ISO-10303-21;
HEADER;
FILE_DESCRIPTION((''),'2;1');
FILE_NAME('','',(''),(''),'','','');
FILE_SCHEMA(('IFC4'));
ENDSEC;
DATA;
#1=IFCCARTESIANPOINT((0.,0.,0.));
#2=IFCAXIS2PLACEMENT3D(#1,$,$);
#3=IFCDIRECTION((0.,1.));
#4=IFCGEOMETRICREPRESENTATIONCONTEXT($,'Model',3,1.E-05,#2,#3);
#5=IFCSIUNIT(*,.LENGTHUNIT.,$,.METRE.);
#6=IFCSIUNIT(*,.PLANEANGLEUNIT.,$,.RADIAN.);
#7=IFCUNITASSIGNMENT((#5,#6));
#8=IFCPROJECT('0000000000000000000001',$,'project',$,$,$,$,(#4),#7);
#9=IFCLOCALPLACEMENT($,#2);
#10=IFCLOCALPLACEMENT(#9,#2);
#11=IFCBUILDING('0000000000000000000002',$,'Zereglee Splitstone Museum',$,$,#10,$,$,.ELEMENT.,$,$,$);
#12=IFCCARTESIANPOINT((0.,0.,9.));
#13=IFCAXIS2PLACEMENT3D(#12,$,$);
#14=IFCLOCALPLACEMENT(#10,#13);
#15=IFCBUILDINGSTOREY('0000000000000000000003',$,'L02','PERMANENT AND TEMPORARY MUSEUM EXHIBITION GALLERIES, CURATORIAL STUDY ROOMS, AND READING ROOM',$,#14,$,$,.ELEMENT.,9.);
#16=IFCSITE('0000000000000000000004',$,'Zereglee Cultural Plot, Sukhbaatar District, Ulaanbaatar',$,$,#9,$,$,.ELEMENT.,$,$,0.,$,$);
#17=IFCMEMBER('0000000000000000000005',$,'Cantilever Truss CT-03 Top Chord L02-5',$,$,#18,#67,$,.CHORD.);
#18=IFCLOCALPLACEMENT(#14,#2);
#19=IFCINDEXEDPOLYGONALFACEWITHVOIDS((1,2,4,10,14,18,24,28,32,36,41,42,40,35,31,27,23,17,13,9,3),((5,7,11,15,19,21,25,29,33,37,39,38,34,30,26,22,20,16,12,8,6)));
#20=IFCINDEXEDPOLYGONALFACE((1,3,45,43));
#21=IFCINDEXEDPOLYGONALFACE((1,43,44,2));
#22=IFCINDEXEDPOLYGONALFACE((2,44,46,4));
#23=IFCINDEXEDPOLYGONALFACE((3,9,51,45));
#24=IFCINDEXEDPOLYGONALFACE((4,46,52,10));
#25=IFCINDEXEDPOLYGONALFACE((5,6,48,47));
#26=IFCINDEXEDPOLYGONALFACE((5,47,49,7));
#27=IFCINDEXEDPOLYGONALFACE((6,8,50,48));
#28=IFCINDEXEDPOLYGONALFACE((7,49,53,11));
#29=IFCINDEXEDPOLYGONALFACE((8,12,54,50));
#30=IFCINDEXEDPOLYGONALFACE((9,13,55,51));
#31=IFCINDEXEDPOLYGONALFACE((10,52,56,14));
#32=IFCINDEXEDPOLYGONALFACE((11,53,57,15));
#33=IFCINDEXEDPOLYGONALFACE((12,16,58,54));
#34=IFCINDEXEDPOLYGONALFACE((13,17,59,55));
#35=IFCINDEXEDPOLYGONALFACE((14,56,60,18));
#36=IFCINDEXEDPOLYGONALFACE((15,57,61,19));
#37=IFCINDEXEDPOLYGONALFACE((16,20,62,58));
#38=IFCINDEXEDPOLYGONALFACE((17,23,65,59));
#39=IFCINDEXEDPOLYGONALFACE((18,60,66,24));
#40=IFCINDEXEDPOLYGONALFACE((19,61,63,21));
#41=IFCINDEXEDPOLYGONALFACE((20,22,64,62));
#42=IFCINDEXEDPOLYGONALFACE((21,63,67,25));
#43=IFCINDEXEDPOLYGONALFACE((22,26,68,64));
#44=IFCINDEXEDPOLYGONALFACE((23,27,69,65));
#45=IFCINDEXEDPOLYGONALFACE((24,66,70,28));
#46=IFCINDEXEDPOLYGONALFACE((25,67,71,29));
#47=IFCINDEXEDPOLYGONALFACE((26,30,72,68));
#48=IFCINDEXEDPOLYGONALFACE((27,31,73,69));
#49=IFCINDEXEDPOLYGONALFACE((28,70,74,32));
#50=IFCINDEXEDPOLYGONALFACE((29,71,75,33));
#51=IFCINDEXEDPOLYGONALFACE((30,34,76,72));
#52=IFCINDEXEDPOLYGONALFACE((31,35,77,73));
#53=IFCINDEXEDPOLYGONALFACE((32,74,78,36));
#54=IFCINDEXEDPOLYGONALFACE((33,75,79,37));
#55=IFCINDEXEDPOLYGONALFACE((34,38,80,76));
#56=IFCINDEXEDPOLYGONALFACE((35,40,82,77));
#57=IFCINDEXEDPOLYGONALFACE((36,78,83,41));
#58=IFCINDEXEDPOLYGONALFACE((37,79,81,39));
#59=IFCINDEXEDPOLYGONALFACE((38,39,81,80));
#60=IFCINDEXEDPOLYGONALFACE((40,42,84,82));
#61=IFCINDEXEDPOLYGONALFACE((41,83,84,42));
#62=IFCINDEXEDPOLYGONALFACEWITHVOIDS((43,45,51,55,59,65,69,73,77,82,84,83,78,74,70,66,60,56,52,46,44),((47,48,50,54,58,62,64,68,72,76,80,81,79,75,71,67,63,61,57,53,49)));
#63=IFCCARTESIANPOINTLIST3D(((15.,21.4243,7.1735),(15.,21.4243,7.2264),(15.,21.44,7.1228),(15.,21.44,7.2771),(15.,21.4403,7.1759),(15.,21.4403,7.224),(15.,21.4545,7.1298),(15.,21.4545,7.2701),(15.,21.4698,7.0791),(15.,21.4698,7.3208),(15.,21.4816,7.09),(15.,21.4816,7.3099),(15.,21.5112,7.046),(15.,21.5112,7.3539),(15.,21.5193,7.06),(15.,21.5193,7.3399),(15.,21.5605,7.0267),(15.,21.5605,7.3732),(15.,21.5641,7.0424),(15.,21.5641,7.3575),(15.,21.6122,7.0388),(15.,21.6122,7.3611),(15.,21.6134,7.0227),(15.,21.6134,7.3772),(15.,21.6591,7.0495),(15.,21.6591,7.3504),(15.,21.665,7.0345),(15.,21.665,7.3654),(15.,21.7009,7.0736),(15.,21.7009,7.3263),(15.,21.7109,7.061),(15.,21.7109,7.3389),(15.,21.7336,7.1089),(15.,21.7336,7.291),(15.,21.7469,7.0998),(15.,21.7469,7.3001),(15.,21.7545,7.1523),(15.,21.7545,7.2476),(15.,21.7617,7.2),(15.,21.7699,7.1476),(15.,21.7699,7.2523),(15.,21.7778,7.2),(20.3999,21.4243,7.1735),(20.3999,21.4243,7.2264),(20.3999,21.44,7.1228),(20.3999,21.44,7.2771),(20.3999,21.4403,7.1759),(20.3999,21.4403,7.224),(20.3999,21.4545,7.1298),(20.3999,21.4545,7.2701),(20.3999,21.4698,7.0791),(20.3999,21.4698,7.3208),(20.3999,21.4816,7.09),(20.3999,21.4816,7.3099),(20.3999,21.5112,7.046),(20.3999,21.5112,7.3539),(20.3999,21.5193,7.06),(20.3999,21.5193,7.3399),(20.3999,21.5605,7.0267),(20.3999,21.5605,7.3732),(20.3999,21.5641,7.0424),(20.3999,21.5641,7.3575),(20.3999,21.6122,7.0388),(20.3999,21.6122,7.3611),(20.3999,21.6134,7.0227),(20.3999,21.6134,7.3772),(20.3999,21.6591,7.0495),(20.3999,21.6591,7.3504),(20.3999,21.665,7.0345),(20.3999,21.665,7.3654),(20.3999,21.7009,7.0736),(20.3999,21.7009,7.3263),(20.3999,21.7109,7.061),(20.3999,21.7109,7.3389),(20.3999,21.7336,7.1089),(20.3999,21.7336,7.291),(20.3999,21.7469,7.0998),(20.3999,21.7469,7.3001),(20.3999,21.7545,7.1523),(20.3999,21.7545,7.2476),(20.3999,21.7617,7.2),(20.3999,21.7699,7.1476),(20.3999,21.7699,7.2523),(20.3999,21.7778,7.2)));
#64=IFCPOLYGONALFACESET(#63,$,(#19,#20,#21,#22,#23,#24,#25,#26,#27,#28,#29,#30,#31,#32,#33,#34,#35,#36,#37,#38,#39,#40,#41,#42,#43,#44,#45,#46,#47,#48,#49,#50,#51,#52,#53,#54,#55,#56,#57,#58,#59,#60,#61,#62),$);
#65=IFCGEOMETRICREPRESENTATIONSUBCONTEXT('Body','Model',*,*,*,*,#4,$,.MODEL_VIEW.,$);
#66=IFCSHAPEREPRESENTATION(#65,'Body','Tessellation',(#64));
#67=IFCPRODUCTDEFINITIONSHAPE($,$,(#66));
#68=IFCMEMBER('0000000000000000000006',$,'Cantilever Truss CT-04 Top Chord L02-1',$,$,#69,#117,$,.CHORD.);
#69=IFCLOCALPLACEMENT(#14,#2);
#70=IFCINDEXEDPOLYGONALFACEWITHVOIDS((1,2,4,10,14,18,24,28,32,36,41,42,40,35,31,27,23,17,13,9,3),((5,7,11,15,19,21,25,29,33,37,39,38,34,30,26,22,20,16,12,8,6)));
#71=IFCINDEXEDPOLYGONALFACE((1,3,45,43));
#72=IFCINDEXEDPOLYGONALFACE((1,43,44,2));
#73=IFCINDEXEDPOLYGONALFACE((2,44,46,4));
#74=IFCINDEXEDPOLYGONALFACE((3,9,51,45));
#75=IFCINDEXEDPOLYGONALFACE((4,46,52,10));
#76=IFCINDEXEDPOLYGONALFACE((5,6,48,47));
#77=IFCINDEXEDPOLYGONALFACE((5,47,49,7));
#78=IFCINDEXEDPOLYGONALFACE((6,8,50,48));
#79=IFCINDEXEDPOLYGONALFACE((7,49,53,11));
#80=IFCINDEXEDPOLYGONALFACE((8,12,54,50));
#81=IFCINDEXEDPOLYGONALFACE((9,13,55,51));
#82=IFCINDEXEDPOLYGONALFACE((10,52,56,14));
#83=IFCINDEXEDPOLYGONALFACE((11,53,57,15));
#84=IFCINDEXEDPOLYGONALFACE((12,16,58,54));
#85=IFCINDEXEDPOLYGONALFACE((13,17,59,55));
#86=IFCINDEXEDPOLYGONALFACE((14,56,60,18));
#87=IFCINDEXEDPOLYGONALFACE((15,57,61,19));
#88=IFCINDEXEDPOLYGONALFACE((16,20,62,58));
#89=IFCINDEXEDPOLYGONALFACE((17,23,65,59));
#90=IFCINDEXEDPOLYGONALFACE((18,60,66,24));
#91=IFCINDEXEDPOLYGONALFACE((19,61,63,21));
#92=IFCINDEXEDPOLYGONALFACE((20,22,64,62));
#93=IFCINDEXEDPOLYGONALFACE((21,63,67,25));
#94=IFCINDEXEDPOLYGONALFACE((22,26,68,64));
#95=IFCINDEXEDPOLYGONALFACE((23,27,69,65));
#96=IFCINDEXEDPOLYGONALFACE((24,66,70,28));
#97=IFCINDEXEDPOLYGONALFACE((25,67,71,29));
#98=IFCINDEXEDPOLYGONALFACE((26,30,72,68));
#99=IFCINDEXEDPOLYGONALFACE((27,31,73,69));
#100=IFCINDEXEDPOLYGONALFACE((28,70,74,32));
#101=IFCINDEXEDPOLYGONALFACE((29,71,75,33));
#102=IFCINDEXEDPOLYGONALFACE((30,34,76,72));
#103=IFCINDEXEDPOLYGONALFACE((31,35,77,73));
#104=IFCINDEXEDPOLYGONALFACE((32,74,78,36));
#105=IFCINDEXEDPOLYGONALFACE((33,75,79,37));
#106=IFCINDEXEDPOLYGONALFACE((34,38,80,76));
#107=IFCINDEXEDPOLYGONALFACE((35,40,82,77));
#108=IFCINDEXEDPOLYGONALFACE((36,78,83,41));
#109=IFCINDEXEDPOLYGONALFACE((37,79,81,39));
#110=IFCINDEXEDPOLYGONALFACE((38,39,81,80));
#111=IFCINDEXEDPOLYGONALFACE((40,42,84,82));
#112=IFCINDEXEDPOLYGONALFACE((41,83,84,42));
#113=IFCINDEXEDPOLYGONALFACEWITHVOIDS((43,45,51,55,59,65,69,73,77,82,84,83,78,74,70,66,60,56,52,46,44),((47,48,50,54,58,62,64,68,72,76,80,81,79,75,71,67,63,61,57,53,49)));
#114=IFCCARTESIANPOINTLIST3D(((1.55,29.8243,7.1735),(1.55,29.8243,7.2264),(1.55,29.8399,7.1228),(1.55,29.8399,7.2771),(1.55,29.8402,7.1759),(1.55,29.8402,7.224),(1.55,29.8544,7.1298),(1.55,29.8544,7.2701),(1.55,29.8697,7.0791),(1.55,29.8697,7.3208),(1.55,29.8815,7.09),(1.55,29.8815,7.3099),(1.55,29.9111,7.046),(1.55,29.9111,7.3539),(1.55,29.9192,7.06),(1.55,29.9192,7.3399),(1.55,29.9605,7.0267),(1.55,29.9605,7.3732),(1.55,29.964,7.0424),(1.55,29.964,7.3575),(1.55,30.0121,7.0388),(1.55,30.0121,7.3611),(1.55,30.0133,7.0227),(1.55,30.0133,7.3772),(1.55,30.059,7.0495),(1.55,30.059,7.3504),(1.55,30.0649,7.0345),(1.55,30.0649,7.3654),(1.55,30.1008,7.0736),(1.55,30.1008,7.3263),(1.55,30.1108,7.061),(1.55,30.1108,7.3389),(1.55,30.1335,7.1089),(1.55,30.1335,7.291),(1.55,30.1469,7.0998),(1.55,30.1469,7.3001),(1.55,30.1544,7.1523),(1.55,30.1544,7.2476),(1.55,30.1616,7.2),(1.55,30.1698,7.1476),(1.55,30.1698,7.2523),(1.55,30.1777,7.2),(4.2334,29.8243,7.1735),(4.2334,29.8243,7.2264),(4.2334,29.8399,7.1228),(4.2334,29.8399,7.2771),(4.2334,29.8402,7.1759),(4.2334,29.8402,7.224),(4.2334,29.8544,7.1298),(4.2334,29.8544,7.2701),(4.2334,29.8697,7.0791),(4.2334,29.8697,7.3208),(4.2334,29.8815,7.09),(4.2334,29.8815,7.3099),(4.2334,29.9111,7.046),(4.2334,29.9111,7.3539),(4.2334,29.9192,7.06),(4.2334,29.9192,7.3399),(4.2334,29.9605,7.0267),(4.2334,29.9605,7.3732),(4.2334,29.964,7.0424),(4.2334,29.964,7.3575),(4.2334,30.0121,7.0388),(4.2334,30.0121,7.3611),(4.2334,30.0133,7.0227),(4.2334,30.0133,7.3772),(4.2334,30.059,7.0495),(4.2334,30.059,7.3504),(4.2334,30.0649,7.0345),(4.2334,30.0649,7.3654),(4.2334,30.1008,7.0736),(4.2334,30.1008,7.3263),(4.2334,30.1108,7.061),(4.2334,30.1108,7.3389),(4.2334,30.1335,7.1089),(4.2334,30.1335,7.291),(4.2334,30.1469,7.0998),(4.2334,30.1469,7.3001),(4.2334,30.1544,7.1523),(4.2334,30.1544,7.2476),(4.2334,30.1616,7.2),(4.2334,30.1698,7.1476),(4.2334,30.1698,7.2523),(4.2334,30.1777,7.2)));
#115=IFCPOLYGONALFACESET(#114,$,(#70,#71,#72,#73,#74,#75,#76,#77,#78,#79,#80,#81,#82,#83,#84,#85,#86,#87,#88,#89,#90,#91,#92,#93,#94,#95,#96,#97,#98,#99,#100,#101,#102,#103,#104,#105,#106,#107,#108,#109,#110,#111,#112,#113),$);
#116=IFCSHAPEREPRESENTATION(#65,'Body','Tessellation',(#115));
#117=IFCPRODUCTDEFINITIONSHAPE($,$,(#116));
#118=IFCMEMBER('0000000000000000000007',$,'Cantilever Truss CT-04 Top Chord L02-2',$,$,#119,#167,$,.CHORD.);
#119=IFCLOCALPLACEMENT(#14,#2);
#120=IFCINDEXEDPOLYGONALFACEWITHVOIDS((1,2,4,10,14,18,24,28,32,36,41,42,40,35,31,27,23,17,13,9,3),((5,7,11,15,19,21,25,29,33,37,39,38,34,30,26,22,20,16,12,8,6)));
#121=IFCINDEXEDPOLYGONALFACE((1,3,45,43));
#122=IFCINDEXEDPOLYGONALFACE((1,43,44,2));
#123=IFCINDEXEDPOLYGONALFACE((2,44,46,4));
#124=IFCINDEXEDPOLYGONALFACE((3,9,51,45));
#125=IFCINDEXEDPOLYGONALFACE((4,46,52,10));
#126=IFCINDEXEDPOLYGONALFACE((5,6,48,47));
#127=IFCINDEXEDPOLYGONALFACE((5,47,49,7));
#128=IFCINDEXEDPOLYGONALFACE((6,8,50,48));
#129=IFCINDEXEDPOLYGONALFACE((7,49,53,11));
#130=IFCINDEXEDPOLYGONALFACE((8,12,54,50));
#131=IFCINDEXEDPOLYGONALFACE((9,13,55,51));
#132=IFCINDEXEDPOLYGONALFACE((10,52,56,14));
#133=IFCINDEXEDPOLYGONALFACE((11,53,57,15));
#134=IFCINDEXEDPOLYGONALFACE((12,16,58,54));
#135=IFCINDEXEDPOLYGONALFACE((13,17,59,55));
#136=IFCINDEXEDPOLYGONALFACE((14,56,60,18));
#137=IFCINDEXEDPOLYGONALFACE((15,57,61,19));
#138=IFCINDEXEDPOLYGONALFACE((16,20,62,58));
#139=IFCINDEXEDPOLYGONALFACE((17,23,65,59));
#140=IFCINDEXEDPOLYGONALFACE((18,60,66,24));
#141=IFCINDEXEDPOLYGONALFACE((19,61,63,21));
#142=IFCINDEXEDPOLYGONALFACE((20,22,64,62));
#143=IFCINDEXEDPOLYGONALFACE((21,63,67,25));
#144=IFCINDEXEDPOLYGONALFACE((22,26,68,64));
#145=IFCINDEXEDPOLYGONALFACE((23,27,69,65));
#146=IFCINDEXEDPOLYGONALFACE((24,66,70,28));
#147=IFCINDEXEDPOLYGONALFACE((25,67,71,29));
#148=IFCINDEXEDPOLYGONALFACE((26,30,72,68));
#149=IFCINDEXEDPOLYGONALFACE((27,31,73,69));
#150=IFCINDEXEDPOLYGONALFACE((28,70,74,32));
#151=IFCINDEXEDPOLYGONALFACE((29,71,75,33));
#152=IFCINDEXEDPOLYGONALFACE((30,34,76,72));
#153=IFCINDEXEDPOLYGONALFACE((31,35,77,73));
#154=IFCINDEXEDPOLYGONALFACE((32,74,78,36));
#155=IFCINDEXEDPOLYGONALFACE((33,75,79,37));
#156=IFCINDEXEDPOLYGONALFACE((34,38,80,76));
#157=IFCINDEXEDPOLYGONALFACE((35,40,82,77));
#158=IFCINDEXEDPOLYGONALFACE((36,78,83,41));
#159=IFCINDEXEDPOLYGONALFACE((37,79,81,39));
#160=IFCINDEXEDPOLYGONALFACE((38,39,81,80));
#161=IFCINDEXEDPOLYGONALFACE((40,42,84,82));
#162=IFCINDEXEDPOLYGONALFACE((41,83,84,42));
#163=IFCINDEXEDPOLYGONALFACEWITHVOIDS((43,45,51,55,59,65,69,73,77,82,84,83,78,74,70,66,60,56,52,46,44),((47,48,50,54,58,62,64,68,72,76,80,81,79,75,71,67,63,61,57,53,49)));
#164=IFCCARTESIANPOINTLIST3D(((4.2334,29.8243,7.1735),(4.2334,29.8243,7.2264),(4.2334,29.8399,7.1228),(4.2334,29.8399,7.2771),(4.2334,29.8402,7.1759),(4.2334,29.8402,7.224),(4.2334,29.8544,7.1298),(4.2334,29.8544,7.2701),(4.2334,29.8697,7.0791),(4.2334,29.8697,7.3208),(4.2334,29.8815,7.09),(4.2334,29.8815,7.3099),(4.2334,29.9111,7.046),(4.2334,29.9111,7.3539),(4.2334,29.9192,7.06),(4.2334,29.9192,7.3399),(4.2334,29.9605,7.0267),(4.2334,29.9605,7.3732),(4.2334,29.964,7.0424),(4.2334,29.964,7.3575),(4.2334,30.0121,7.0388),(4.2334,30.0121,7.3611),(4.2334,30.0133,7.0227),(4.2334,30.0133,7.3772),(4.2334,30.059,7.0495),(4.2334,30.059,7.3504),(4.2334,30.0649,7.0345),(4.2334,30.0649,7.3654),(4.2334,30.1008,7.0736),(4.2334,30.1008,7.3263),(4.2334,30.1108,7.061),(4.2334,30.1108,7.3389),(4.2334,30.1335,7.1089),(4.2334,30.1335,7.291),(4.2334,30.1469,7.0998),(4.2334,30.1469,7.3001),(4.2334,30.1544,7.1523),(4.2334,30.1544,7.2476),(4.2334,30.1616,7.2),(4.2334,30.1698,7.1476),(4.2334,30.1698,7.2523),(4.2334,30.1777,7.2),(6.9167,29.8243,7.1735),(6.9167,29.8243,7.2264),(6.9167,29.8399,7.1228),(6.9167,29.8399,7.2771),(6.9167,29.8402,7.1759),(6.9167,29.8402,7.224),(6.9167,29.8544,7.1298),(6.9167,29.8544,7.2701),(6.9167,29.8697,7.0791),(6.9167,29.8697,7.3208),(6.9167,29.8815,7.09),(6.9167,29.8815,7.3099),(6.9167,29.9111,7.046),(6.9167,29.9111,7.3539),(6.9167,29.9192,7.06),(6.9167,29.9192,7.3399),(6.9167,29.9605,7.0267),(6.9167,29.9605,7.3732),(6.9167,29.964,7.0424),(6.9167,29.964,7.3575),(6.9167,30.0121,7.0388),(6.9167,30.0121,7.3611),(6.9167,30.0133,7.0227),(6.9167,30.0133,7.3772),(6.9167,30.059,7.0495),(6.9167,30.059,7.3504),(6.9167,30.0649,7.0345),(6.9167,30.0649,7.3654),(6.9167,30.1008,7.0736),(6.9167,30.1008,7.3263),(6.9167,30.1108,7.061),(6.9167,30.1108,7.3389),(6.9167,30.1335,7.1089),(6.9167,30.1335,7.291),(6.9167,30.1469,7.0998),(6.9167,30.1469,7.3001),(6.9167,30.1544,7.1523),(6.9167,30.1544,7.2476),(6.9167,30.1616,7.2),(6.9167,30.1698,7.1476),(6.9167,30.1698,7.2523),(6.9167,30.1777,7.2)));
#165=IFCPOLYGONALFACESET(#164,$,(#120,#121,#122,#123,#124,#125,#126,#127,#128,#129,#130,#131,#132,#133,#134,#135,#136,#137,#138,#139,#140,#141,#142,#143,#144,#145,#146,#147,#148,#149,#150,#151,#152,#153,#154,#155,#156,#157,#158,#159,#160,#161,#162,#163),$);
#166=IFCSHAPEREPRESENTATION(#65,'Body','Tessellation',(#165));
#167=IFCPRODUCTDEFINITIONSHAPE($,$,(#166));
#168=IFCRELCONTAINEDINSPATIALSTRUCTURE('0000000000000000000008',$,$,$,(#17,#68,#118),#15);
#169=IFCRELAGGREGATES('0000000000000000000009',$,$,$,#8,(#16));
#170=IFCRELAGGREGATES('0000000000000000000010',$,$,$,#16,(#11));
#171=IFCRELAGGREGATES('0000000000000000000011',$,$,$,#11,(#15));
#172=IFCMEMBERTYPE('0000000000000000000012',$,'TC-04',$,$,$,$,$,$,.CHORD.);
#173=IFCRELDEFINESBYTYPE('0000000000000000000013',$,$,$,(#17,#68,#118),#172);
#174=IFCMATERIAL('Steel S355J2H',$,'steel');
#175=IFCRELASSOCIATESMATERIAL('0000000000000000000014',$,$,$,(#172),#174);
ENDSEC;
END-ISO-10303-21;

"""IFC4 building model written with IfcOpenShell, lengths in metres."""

from ifc_helpers import new_model, si_unit, direction, frame, origin, origin_2d, place, context, subcontext, project, spatial, hollow_circle, extrude, material, material_profile, profile_set, type_object, element, save


model = new_model("IFC4")

# Units and contexts
model_context = context("Model", 3, precision=1e-05, world=origin(), true_north=direction((0.0, 1.0)))
body_context = subcontext(model_context, "Body", "Model", "MODEL_VIEW")
ifc_project = project(units=[si_unit("LENGTHUNIT", "METRE"), si_unit("PLANEANGLEUNIT", "RADIAN")], contexts=[model_context])

# Site, building, storey
site_placement = place(None, origin())
site = spatial("IfcSite", under=ifc_project, at=site_placement, Name="Zereglee Cultural Plot, Sukhbaatar District, Ulaanbaatar", CompositionType="ELEMENT", RefElevation=0.0)
building_placement = place(site_placement, origin())
building = spatial("IfcBuilding", under=site, at=building_placement, Name="Zereglee Splitstone Museum", CompositionType="ELEMENT")
storey_placement = place(building_placement, frame((0.0, 0.0, 9.0)))
storey = spatial("IfcBuildingStorey", under=building, at=storey_placement, Name="L02", Description="PERMANENT AND TEMPORARY MUSEUM EXHIBITION GALLERIES, CURATORIAL STUDY ROOMS, AND READING ROOM", CompositionType="ELEMENT", Elevation=9.0)

# Members
ifc_material_1 = material(Name="Steel S355J2H", Category="steel")
ifc_material_profile_1 = material_profile(ifc_material_1, hollow_circle(Radius=0.1777, WallThickness=0.0161, at=origin_2d()), Name="CHS 355.6x16")
ifc_profile_set_1 = profile_set([ifc_material_profile_1], Name="Steel S355J2H")
member_type_1 = type_object("IfcMemberType", Name="TC-04", PredefinedType="CHORD", material=ifc_profile_set_1)
for number, where, z_axis, x_axis, name in (
    (1, (15.0, 21.6001, 7.2), (1.0, 0.0, 0.0), (0.0, 1.0, 0.0), "Cantilever Truss CT-03 Top Chord L02-5"),
):
    element("IfcMember", number, at=place(storey_placement, frame(where, z_axis=z_axis, x_axis=x_axis)), inside=storey, type_object=member_type_1, Name=name, PredefinedType="CHORD", context=body_context, shape_type="SweptSolid", body=[
        extrude(hollow_circle(Radius=0.1777, WallThickness=0.0161, at=origin_2d()), origin(), (0.0, 0.0, 1.0), 5.3999),
    ])
for number, where, z_axis, x_axis, name in (
    (2, (1.55, 30.0, 7.2), (1.0, 0.0, 0.0), (0.0, 1.0, 0.0), "Cantilever Truss CT-04 Top Chord L02-1"),
    (3, (4.2334, 30.0, 7.2), (1.0, 0.0, 0.0), (0.0, 1.0, 0.0), "Cantilever Truss CT-04 Top Chord L02-2"),
):
    element("IfcMember", number, at=place(storey_placement, frame(where, z_axis=z_axis, x_axis=x_axis)), inside=storey, type_object=member_type_1, Name=name, PredefinedType="CHORD", context=body_context, shape_type="SweptSolid", body=[
        extrude(hollow_circle(Radius=0.1777, WallThickness=0.0161, at=origin_2d()), origin(), (0.0, 0.0, 1.0), 2.6833),
    ])

save(model, "model.ifc")
